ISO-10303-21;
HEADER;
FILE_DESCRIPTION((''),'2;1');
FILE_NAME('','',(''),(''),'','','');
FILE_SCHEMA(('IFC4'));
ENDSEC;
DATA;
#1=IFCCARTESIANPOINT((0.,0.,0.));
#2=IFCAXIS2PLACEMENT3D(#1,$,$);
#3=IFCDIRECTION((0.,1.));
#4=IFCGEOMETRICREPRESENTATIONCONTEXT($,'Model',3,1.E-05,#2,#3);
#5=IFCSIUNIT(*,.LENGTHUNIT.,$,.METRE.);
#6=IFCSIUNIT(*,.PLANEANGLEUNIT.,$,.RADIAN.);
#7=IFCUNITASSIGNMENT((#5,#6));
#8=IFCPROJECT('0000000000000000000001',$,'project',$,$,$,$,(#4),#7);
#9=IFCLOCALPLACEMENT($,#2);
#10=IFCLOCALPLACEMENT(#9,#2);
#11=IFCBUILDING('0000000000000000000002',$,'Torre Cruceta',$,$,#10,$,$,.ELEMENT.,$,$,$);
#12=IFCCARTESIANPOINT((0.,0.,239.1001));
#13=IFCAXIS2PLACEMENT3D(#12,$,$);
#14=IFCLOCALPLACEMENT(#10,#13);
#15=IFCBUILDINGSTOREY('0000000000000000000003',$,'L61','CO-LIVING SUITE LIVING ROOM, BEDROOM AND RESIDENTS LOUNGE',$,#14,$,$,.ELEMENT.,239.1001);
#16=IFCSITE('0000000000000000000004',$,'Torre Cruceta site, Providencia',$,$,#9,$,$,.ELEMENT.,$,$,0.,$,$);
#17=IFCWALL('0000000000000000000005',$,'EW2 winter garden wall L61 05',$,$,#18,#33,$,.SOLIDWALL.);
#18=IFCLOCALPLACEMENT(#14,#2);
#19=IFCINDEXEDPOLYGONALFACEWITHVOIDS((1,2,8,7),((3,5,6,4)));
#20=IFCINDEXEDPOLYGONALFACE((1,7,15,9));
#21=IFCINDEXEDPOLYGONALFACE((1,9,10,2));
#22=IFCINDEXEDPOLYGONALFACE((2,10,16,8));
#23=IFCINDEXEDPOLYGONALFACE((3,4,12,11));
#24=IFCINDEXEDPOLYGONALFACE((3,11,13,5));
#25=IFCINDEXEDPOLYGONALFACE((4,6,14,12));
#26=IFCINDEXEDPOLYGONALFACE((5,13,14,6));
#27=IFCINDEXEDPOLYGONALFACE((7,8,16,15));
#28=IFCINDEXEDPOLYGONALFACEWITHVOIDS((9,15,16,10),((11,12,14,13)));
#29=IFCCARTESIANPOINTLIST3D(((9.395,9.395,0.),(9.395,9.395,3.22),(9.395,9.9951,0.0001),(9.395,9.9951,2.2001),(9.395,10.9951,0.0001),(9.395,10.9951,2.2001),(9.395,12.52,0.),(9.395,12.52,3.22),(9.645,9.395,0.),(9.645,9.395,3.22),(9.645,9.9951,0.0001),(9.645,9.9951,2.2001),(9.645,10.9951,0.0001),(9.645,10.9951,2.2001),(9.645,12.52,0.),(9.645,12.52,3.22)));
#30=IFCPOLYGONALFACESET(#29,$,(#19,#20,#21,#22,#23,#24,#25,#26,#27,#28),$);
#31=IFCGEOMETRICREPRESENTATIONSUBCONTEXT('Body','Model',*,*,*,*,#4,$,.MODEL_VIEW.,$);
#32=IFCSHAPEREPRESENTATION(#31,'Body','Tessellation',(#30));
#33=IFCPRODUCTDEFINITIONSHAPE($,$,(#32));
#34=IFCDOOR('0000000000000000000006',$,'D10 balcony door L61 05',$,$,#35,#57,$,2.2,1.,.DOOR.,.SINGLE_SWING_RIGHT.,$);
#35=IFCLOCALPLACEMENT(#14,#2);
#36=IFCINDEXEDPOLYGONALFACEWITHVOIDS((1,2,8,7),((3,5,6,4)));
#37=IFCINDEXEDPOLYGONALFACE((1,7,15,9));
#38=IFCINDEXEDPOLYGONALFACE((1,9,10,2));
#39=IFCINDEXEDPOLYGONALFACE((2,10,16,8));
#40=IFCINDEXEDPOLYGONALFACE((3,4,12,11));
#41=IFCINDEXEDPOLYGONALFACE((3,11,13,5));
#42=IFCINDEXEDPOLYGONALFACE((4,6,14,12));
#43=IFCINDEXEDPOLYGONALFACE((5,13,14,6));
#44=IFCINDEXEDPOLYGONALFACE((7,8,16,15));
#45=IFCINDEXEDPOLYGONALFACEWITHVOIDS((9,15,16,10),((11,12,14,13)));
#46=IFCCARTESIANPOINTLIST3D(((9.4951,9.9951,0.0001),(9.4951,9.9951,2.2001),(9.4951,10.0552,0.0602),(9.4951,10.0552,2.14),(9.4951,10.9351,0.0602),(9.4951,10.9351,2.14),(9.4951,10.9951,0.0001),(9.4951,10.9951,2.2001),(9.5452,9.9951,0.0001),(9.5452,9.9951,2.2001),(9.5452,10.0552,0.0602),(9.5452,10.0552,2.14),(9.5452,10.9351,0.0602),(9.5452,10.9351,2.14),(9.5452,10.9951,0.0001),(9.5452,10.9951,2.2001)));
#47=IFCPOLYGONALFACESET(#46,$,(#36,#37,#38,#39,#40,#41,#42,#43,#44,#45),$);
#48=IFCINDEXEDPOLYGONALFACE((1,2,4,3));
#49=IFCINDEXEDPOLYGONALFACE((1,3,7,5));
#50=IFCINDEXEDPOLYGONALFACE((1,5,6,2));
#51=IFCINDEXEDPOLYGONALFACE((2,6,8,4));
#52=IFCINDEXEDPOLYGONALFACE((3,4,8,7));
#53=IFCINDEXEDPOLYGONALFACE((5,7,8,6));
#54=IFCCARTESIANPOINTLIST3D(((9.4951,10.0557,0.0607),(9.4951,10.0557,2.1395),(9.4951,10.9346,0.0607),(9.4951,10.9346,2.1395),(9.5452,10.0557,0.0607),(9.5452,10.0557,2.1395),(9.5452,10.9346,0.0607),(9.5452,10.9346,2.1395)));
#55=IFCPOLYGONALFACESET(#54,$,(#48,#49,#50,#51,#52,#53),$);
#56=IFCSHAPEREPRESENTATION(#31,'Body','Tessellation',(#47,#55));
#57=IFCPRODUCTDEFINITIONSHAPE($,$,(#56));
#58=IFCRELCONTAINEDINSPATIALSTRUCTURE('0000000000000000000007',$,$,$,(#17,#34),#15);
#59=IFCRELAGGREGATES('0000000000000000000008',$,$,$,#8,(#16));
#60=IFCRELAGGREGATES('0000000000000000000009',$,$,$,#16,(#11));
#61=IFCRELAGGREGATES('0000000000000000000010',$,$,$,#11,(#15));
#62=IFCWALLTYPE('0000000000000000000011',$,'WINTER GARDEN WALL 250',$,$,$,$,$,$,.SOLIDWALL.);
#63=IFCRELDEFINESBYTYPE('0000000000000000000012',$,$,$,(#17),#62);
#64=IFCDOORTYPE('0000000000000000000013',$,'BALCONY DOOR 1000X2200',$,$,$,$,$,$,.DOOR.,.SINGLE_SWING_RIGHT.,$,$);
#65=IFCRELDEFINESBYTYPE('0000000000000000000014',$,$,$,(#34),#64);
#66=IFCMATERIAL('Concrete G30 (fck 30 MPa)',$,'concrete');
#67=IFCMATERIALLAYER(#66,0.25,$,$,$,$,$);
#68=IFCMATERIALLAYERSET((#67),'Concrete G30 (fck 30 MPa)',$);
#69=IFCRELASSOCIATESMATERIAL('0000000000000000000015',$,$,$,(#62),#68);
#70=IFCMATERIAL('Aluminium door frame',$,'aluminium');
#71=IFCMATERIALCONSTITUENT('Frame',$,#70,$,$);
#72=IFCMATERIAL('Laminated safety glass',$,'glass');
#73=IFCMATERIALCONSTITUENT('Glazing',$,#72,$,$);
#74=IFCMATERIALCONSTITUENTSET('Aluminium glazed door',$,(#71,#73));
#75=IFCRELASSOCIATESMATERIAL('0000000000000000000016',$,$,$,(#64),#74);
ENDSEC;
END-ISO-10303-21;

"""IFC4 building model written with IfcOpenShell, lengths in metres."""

from ifc_helpers import new_model, si_unit, direction, frame, frame_2d, origin, place, context, subcontext, project, spatial, rectangle, hollow_rectangle, extrude, material, layer, layer_set, constituent, constituent_set, type_object, element, fill, save


model = new_model("IFC4")

# Units and contexts
model_context = context("Model", 3, precision=1e-05, world=origin(), true_north=direction((0.0, 1.0)))
body_context = subcontext(model_context, "Body", "Model", "MODEL_VIEW")
ifc_project = project(units=[si_unit("LENGTHUNIT", "METRE"), si_unit("PLANEANGLEUNIT", "RADIAN")], contexts=[model_context])

# Site, building, storey
site_placement = place(None, origin())
site = spatial("IfcSite", under=ifc_project, at=site_placement, Name="Torre Cruceta site, Providencia", CompositionType="ELEMENT", RefElevation=0.0)
building_placement = place(site_placement, origin())
building = spatial("IfcBuilding", under=site, at=building_placement, Name="Torre Cruceta", CompositionType="ELEMENT")
storey_placement = place(building_placement, frame((0.0, 0.0, 239.1001)))
storey = spatial("IfcBuildingStorey", under=building, at=storey_placement, Name="L61", Description="CO-LIVING SUITE LIVING ROOM, BEDROOM AND RESIDENTS LOUNGE", CompositionType="ELEMENT", Elevation=239.1001)

# Wall, opening, door
ifc_material_1 = material(Name="Concrete G30 (fck 30 MPa)", Category="concrete")
ifc_layer_1 = layer(ifc_material_1, 0.25)
ifc_layer_set_1 = layer_set([ifc_layer_1], Name="Concrete G30 (fck 30 MPa)")
wall_type_1 = type_object("IfcWallType", Name="WINTER GARDEN WALL 250", PredefinedType="SOLIDWALL", material=ifc_layer_set_1)
ifc_material_2 = material(Name="Aluminium door frame", Category="aluminium")
ifc_constituent_1 = constituent(ifc_material_2, Name="Frame")
ifc_material_3 = material(Name="Laminated safety glass", Category="glass")
ifc_constituent_2 = constituent(ifc_material_3, Name="Glazing")
ifc_constituent_set_1 = constituent_set(constituents=[ifc_constituent_1, ifc_constituent_2], Name="Aluminium glazed door")
door_type_1 = type_object("IfcDoorType", Name="BALCONY DOOR 1000X2200", OperationType="SINGLE_SWING_RIGHT", PredefinedType="DOOR", material=ifc_constituent_set_1)
wall_1_placement = place(storey_placement, frame((9.52, 9.395, 0.0), z_axis=(0.0, 0.0, 1.0), x_axis=(0.0, 1.0, 0.0)))
wall_1 = element("IfcWall", 1, at=wall_1_placement, inside=storey, type_object=wall_type_1, Name="EW2 winter garden wall L61 05", PredefinedType="SOLIDWALL", context=body_context, shape_type="SweptSolid", body=[
    extrude(rectangle(XDim=3.125, YDim=0.25, at=frame_2d((1.5625, 0.0))), origin(), (0.0, 0.0, 1.0), 3.22),
])
opening_1_placement = place(wall_1_placement, frame((0.6001, 0.0, 0.0)))
opening_1 = element("IfcOpeningElement", 2, at=opening_1_placement, cuts=wall_1, PredefinedType="OPENING", context=body_context, shape_type="SweptSolid", body=[
    extrude(rectangle(XDim=1.0, YDim=2.2, at=frame_2d((0.5, 1.1001))), frame((0.0, 0.135, 0.0), z_axis=(0.0, -1.0, 0.0), x_axis=(1.0, 0.0, 0.0)), (0.0, 0.0, 1.0), 0.27),
])
door_1_placement = place(opening_1_placement, origin())
door_1 = element("IfcDoor", 3, at=door_1_placement, inside=storey, type_object=door_type_1, Name="D10 balcony door L61 05", OperationType="SINGLE_SWING_RIGHT", OverallHeight=2.2, OverallWidth=1.0, PredefinedType="DOOR", context=body_context, shape_type="SweptSolid", body=[
    extrude(hollow_rectangle(XDim=1.0, YDim=2.2, WallThickness=0.0601, at=frame_2d((0.5, 1.1001))), frame((0.0, 0.0249, 0.0), z_axis=(0.0, -1.0, 0.0), x_axis=(1.0, 0.0, 0.0)), (0.0, 0.0, 1.0), 0.05),
    extrude(rectangle(XDim=0.8789, YDim=2.0789, at=frame_2d((0.5, 1.1001))), frame((0.0, 0.0249, 0.0), z_axis=(0.0, -1.0, 0.0), x_axis=(1.0, 0.0, 0.0)), (0.0, 0.0, 1.0), 0.05),
])
fill(opening_1, door_1)

save(model, "model.ifc")
